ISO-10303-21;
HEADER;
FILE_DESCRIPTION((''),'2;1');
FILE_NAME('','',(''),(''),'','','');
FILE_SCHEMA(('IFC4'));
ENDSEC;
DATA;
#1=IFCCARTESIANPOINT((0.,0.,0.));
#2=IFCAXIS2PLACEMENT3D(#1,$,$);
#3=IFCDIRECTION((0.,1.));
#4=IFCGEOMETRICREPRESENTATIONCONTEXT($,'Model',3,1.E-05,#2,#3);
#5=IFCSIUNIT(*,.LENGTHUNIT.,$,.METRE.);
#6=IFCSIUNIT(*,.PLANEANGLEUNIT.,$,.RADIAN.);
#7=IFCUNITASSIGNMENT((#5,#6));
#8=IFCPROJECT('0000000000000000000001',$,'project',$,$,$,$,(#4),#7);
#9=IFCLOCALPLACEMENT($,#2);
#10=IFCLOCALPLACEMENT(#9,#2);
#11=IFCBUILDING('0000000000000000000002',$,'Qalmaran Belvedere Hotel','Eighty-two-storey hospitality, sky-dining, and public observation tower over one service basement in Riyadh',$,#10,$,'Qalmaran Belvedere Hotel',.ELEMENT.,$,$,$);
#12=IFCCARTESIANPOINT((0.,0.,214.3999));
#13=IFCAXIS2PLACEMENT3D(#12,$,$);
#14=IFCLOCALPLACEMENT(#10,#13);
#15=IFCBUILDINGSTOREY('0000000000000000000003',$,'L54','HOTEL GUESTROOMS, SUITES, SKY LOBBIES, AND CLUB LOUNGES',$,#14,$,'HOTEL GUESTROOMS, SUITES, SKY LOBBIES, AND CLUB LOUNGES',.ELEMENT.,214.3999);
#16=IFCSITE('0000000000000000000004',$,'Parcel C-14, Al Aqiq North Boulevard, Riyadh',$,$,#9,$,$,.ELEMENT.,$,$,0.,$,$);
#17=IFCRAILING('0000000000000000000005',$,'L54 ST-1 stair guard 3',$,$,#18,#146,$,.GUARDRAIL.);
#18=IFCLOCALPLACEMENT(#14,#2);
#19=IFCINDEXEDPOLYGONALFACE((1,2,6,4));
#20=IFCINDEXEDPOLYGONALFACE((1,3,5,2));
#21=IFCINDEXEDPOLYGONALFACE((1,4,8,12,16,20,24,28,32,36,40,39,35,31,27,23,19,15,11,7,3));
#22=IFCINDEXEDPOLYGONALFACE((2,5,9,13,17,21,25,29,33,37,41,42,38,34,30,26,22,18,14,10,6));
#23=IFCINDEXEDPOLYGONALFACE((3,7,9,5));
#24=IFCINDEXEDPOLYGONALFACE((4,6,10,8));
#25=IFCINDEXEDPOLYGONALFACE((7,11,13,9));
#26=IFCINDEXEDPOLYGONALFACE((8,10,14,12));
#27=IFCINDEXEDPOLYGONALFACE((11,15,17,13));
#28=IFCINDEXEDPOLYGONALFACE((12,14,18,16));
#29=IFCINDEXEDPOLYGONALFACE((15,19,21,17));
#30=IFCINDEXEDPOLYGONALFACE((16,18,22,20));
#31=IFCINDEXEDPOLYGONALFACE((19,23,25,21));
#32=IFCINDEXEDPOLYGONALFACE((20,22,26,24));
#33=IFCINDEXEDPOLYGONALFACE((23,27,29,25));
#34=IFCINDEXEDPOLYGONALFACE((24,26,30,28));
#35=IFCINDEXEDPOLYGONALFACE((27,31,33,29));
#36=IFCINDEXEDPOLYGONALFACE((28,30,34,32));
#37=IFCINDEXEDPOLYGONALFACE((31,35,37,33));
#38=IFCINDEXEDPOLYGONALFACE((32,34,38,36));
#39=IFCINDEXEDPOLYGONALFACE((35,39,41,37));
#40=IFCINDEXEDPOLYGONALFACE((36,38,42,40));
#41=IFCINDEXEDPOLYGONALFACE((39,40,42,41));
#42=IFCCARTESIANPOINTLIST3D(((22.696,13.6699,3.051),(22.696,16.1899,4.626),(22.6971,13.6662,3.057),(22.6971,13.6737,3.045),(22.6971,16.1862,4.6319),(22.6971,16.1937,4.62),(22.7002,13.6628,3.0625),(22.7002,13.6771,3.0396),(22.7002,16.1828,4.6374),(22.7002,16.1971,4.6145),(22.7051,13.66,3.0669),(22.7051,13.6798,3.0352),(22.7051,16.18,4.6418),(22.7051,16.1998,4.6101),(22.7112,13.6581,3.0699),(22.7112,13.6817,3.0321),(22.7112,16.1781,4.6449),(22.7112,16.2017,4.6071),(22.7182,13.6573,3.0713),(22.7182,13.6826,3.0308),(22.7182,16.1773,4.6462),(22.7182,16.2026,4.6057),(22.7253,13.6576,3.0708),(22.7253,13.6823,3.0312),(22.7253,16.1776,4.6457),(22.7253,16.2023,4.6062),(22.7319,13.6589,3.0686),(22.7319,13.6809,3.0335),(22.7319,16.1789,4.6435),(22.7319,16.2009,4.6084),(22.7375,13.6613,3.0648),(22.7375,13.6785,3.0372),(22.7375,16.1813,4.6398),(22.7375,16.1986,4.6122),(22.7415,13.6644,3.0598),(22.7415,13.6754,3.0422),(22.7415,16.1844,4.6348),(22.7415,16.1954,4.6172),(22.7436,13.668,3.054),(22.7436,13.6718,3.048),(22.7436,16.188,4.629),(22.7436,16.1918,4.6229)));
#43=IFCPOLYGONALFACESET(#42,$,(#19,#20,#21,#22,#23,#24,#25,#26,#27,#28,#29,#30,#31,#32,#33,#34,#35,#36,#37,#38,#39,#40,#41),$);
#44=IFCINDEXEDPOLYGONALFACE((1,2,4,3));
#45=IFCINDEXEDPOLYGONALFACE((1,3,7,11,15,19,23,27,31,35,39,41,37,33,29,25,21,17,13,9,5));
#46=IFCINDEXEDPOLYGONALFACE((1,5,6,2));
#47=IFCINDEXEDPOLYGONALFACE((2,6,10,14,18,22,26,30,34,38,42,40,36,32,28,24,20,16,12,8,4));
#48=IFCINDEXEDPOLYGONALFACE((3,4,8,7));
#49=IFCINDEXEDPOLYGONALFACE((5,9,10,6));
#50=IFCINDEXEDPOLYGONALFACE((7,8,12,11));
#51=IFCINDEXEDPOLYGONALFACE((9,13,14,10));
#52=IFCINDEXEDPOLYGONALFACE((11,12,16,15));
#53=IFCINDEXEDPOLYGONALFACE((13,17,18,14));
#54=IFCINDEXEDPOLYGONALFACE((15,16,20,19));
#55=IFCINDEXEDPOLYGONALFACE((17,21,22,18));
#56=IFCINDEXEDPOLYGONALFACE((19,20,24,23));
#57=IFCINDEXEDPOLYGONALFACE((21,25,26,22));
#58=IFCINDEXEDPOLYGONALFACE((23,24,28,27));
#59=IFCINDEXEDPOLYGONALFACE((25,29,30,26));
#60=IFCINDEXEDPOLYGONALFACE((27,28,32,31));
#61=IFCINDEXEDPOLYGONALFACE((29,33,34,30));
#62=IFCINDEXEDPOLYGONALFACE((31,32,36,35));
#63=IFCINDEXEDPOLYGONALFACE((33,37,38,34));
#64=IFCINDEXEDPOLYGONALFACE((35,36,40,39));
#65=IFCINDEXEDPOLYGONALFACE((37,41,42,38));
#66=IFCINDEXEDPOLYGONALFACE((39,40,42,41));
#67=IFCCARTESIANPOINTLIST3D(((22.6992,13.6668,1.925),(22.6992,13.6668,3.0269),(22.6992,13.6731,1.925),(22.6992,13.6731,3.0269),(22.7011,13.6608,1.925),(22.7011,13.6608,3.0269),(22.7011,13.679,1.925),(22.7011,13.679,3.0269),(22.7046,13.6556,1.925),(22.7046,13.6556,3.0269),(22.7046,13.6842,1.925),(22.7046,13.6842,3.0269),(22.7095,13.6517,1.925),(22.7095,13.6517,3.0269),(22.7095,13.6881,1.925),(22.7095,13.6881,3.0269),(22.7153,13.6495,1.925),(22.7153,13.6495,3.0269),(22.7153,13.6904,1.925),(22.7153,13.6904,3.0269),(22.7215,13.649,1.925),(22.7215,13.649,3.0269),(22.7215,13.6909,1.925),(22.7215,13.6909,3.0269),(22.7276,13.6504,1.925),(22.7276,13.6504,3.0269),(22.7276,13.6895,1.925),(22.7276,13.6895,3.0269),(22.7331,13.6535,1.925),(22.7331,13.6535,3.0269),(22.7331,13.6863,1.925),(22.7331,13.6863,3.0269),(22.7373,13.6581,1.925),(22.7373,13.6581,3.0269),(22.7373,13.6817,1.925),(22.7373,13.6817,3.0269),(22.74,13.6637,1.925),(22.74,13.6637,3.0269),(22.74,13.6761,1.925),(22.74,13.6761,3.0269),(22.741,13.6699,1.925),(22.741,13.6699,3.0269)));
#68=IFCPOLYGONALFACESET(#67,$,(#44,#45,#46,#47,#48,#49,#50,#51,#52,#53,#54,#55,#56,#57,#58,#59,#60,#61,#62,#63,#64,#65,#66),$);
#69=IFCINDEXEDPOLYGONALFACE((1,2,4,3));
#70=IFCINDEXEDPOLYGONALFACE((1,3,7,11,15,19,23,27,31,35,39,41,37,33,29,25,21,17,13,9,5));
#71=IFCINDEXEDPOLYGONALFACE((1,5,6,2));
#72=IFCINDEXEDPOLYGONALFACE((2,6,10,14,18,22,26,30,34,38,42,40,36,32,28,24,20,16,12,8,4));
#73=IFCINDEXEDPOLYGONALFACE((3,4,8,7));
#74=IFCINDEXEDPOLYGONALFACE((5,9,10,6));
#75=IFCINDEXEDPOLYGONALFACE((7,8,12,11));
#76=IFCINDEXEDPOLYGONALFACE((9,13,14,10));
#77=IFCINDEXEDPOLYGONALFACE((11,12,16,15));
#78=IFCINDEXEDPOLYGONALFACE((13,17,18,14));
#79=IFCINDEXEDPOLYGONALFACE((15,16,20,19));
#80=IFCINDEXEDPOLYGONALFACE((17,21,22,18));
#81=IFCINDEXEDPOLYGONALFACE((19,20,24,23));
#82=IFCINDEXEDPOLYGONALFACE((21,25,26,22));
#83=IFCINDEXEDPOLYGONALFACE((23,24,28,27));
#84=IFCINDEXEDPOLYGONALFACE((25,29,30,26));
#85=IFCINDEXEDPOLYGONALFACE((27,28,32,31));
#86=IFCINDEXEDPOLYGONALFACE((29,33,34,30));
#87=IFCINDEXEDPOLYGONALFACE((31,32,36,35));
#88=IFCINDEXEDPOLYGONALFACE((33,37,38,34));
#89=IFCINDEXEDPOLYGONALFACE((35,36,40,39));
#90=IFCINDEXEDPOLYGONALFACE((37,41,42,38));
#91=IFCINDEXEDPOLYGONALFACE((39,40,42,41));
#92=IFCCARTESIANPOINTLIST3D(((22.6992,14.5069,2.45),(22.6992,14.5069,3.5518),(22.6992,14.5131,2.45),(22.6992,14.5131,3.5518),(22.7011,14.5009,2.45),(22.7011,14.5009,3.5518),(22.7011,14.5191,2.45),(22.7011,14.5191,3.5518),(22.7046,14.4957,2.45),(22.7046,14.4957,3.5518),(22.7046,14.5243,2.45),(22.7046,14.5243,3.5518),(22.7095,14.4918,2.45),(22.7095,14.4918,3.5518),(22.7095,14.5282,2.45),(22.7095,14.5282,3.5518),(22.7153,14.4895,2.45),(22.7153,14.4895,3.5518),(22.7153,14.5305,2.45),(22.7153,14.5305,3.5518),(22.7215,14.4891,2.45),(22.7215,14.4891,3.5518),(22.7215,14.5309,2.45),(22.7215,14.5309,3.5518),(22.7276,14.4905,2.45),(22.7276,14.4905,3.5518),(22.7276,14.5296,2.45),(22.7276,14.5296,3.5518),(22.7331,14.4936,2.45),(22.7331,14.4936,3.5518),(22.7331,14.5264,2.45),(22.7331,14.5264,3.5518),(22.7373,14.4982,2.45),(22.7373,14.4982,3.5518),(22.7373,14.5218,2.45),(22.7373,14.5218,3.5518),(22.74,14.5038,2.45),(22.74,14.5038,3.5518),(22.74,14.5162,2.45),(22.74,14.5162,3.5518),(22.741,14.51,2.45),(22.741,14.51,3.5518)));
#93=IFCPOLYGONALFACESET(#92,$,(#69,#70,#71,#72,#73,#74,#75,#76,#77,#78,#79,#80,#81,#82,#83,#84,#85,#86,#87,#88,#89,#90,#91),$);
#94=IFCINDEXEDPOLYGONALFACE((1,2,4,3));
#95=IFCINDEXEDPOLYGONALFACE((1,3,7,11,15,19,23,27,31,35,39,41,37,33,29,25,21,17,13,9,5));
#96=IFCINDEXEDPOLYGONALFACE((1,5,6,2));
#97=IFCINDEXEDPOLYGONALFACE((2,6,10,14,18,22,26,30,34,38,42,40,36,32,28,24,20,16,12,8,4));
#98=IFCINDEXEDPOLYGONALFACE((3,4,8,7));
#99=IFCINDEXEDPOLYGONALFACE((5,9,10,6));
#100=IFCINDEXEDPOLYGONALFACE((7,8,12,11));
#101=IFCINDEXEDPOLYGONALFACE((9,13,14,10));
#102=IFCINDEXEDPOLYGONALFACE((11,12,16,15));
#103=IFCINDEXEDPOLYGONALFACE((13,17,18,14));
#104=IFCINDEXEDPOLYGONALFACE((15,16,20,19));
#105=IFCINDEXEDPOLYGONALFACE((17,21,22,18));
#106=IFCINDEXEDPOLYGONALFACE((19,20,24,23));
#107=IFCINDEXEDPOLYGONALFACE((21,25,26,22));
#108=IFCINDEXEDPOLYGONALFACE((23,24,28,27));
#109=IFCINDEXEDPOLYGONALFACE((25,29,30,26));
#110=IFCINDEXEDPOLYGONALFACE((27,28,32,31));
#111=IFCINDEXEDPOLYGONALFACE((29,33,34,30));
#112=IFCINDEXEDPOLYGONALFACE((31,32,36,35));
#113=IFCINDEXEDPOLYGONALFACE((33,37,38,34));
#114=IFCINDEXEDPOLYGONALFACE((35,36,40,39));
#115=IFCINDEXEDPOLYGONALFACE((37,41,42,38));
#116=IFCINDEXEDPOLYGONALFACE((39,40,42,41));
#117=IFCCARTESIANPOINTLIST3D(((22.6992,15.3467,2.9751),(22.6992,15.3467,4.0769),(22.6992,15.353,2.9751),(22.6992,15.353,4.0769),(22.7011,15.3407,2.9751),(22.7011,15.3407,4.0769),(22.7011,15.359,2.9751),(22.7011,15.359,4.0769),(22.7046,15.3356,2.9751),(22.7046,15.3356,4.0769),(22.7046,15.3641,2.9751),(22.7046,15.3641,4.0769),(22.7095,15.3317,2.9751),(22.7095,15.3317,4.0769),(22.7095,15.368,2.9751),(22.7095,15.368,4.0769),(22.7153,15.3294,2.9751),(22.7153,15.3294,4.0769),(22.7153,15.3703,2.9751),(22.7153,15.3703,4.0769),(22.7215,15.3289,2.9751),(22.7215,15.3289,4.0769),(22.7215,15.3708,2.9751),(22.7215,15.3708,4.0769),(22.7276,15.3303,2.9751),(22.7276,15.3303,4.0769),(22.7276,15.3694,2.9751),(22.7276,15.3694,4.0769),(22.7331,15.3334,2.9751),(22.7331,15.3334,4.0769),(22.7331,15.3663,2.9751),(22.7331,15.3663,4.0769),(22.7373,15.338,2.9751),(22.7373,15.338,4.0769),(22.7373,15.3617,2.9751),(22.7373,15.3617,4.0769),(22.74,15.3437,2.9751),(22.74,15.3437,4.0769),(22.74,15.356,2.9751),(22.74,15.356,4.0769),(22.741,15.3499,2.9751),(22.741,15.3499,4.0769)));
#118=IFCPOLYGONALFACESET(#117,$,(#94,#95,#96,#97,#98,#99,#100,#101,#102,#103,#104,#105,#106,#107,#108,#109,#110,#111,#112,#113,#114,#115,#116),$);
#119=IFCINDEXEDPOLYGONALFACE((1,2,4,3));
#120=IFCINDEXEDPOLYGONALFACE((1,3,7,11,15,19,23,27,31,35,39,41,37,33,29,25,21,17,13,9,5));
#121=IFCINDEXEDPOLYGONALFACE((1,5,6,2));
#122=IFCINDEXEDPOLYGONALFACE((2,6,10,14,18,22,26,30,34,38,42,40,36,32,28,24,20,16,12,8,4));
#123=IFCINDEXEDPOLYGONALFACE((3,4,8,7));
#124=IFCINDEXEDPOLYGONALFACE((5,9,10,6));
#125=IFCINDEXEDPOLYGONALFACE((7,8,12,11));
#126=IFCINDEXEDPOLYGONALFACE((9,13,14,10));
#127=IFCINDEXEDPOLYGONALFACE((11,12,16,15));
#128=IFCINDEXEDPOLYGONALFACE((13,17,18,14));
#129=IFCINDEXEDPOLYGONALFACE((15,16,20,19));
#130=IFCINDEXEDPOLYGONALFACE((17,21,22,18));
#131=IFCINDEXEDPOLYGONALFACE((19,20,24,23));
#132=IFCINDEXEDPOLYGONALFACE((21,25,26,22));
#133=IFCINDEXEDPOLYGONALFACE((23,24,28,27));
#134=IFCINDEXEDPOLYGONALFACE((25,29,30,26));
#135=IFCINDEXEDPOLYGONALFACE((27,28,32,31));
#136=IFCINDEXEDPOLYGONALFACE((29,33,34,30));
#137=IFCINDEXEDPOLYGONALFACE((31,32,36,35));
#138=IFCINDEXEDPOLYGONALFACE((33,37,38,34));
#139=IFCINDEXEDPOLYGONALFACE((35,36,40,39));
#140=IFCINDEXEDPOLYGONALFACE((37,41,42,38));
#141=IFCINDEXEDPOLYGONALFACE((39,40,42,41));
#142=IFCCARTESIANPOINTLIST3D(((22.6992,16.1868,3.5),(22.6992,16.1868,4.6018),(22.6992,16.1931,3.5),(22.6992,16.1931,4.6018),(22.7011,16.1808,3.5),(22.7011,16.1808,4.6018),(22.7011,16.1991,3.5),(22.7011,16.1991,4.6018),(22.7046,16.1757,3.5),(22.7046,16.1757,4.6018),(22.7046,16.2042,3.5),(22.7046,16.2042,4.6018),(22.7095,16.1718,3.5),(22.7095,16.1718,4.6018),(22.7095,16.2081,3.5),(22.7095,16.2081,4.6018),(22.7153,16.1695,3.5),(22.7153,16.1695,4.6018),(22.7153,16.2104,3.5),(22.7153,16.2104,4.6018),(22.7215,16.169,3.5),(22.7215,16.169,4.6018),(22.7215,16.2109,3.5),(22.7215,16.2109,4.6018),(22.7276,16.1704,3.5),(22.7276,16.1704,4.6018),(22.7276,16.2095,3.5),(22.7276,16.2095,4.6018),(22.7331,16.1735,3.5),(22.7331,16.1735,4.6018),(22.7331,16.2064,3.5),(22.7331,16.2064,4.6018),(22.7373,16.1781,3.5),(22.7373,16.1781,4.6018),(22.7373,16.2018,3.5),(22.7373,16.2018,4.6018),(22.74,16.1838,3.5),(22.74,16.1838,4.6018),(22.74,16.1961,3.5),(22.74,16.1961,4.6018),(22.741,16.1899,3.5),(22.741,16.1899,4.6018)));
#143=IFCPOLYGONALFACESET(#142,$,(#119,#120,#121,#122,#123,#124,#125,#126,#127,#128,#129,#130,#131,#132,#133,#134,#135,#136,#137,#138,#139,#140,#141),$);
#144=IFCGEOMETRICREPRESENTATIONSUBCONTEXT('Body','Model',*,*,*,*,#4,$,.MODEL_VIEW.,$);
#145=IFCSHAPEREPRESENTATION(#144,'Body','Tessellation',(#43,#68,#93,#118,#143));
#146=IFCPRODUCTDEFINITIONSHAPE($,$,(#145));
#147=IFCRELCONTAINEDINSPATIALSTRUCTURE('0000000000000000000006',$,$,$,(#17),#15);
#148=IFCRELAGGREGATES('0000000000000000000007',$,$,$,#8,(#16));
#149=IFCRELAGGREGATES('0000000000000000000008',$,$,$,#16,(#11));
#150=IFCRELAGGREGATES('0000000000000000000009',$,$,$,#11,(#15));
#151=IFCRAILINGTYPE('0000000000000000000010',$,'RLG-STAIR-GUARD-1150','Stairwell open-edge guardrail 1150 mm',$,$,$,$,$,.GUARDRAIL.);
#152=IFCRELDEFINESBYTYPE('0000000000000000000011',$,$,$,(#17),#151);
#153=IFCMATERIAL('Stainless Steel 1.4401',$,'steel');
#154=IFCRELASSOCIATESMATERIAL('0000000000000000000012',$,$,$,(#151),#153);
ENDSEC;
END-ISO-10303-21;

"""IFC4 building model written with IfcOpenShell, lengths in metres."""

from ifc_helpers import new_model, si_unit, direction, frame, origin, origin_2d, place, context, subcontext, project, spatial, circle, extrude, material, type_object, element, save


model = new_model("IFC4")

# Units and contexts
model_context = context("Model", 3, precision=1e-05, world=origin(), true_north=direction((0.0, 1.0)))
body_context = subcontext(model_context, "Body", "Model", "MODEL_VIEW")
ifc_project = project(units=[si_unit("LENGTHUNIT", "METRE"), si_unit("PLANEANGLEUNIT", "RADIAN")], contexts=[model_context])

# Site, building, storey
site_placement = place(None, origin())
site = spatial("IfcSite", under=ifc_project, at=site_placement, Name="Parcel C-14, Al Aqiq North Boulevard, Riyadh", CompositionType="ELEMENT", RefElevation=0.0)
building_placement = place(site_placement, origin())
building = spatial("IfcBuilding", under=site, at=building_placement, Name="Qalmaran Belvedere Hotel", Description="Eighty-two-storey hospitality, sky-dining, and public observation tower over one service basement in Riyadh", LongName="Qalmaran Belvedere Hotel", CompositionType="ELEMENT")
storey_placement = place(building_placement, frame((0.0, 0.0, 214.3999)))
storey = spatial("IfcBuildingStorey", under=building, at=storey_placement, Name="L54", Description="HOTEL GUESTROOMS, SUITES, SKY LOBBIES, AND CLUB LOUNGES", LongName="HOTEL GUESTROOMS, SUITES, SKY LOBBIES, AND CLUB LOUNGES", CompositionType="ELEMENT", Elevation=214.3999)

# Shared definitions
ifc_material_1 = material(Name="Stainless Steel 1.4401", Category="steel")

# Railing
railing_type_1 = type_object("IfcRailingType", Name="RLG-STAIR-GUARD-1150", Description="Stairwell open-edge guardrail 1150 mm", PredefinedType="GUARDRAIL", material=ifc_material_1)
railing_1_placement = place(storey_placement, frame((22.72, 13.6699, 1.925)))
element("IfcRailing", 1, at=railing_1_placement, inside=storey, type_object=railing_type_1, Name="L54 ST-1 stair guard 3", PredefinedType="GUARDRAIL", context=body_context, shape_type="SweptSolid", body=[
    extrude(circle(Radius=0.0239, at=origin_2d()), frame((0.0, 0.0, 1.126), z_axis=(0.0, 0.848008, 0.529984), x_axis=(-1.0, 0.0, 0.0)), (0.0, 0.0, 1.0), 2.9717),
    extrude(circle(Radius=0.021, at=origin_2d()), origin(), (0.0, 0.0, 1.0), 1.1018),
    extrude(circle(Radius=0.021, at=origin_2d()), frame((0.0, 0.8401, 0.5249)), (0.0, 0.0, 1.0), 1.1018),
    extrude(circle(Radius=0.021, at=origin_2d()), frame((0.0, 1.6799, 1.05)), (0.0, 0.0, 1.0), 1.1018),
    extrude(circle(Radius=0.021, at=origin_2d()), frame((0.0, 2.52, 1.575)), (0.0, 0.0, 1.0), 1.1018),
])

save(model, "model.ifc")
